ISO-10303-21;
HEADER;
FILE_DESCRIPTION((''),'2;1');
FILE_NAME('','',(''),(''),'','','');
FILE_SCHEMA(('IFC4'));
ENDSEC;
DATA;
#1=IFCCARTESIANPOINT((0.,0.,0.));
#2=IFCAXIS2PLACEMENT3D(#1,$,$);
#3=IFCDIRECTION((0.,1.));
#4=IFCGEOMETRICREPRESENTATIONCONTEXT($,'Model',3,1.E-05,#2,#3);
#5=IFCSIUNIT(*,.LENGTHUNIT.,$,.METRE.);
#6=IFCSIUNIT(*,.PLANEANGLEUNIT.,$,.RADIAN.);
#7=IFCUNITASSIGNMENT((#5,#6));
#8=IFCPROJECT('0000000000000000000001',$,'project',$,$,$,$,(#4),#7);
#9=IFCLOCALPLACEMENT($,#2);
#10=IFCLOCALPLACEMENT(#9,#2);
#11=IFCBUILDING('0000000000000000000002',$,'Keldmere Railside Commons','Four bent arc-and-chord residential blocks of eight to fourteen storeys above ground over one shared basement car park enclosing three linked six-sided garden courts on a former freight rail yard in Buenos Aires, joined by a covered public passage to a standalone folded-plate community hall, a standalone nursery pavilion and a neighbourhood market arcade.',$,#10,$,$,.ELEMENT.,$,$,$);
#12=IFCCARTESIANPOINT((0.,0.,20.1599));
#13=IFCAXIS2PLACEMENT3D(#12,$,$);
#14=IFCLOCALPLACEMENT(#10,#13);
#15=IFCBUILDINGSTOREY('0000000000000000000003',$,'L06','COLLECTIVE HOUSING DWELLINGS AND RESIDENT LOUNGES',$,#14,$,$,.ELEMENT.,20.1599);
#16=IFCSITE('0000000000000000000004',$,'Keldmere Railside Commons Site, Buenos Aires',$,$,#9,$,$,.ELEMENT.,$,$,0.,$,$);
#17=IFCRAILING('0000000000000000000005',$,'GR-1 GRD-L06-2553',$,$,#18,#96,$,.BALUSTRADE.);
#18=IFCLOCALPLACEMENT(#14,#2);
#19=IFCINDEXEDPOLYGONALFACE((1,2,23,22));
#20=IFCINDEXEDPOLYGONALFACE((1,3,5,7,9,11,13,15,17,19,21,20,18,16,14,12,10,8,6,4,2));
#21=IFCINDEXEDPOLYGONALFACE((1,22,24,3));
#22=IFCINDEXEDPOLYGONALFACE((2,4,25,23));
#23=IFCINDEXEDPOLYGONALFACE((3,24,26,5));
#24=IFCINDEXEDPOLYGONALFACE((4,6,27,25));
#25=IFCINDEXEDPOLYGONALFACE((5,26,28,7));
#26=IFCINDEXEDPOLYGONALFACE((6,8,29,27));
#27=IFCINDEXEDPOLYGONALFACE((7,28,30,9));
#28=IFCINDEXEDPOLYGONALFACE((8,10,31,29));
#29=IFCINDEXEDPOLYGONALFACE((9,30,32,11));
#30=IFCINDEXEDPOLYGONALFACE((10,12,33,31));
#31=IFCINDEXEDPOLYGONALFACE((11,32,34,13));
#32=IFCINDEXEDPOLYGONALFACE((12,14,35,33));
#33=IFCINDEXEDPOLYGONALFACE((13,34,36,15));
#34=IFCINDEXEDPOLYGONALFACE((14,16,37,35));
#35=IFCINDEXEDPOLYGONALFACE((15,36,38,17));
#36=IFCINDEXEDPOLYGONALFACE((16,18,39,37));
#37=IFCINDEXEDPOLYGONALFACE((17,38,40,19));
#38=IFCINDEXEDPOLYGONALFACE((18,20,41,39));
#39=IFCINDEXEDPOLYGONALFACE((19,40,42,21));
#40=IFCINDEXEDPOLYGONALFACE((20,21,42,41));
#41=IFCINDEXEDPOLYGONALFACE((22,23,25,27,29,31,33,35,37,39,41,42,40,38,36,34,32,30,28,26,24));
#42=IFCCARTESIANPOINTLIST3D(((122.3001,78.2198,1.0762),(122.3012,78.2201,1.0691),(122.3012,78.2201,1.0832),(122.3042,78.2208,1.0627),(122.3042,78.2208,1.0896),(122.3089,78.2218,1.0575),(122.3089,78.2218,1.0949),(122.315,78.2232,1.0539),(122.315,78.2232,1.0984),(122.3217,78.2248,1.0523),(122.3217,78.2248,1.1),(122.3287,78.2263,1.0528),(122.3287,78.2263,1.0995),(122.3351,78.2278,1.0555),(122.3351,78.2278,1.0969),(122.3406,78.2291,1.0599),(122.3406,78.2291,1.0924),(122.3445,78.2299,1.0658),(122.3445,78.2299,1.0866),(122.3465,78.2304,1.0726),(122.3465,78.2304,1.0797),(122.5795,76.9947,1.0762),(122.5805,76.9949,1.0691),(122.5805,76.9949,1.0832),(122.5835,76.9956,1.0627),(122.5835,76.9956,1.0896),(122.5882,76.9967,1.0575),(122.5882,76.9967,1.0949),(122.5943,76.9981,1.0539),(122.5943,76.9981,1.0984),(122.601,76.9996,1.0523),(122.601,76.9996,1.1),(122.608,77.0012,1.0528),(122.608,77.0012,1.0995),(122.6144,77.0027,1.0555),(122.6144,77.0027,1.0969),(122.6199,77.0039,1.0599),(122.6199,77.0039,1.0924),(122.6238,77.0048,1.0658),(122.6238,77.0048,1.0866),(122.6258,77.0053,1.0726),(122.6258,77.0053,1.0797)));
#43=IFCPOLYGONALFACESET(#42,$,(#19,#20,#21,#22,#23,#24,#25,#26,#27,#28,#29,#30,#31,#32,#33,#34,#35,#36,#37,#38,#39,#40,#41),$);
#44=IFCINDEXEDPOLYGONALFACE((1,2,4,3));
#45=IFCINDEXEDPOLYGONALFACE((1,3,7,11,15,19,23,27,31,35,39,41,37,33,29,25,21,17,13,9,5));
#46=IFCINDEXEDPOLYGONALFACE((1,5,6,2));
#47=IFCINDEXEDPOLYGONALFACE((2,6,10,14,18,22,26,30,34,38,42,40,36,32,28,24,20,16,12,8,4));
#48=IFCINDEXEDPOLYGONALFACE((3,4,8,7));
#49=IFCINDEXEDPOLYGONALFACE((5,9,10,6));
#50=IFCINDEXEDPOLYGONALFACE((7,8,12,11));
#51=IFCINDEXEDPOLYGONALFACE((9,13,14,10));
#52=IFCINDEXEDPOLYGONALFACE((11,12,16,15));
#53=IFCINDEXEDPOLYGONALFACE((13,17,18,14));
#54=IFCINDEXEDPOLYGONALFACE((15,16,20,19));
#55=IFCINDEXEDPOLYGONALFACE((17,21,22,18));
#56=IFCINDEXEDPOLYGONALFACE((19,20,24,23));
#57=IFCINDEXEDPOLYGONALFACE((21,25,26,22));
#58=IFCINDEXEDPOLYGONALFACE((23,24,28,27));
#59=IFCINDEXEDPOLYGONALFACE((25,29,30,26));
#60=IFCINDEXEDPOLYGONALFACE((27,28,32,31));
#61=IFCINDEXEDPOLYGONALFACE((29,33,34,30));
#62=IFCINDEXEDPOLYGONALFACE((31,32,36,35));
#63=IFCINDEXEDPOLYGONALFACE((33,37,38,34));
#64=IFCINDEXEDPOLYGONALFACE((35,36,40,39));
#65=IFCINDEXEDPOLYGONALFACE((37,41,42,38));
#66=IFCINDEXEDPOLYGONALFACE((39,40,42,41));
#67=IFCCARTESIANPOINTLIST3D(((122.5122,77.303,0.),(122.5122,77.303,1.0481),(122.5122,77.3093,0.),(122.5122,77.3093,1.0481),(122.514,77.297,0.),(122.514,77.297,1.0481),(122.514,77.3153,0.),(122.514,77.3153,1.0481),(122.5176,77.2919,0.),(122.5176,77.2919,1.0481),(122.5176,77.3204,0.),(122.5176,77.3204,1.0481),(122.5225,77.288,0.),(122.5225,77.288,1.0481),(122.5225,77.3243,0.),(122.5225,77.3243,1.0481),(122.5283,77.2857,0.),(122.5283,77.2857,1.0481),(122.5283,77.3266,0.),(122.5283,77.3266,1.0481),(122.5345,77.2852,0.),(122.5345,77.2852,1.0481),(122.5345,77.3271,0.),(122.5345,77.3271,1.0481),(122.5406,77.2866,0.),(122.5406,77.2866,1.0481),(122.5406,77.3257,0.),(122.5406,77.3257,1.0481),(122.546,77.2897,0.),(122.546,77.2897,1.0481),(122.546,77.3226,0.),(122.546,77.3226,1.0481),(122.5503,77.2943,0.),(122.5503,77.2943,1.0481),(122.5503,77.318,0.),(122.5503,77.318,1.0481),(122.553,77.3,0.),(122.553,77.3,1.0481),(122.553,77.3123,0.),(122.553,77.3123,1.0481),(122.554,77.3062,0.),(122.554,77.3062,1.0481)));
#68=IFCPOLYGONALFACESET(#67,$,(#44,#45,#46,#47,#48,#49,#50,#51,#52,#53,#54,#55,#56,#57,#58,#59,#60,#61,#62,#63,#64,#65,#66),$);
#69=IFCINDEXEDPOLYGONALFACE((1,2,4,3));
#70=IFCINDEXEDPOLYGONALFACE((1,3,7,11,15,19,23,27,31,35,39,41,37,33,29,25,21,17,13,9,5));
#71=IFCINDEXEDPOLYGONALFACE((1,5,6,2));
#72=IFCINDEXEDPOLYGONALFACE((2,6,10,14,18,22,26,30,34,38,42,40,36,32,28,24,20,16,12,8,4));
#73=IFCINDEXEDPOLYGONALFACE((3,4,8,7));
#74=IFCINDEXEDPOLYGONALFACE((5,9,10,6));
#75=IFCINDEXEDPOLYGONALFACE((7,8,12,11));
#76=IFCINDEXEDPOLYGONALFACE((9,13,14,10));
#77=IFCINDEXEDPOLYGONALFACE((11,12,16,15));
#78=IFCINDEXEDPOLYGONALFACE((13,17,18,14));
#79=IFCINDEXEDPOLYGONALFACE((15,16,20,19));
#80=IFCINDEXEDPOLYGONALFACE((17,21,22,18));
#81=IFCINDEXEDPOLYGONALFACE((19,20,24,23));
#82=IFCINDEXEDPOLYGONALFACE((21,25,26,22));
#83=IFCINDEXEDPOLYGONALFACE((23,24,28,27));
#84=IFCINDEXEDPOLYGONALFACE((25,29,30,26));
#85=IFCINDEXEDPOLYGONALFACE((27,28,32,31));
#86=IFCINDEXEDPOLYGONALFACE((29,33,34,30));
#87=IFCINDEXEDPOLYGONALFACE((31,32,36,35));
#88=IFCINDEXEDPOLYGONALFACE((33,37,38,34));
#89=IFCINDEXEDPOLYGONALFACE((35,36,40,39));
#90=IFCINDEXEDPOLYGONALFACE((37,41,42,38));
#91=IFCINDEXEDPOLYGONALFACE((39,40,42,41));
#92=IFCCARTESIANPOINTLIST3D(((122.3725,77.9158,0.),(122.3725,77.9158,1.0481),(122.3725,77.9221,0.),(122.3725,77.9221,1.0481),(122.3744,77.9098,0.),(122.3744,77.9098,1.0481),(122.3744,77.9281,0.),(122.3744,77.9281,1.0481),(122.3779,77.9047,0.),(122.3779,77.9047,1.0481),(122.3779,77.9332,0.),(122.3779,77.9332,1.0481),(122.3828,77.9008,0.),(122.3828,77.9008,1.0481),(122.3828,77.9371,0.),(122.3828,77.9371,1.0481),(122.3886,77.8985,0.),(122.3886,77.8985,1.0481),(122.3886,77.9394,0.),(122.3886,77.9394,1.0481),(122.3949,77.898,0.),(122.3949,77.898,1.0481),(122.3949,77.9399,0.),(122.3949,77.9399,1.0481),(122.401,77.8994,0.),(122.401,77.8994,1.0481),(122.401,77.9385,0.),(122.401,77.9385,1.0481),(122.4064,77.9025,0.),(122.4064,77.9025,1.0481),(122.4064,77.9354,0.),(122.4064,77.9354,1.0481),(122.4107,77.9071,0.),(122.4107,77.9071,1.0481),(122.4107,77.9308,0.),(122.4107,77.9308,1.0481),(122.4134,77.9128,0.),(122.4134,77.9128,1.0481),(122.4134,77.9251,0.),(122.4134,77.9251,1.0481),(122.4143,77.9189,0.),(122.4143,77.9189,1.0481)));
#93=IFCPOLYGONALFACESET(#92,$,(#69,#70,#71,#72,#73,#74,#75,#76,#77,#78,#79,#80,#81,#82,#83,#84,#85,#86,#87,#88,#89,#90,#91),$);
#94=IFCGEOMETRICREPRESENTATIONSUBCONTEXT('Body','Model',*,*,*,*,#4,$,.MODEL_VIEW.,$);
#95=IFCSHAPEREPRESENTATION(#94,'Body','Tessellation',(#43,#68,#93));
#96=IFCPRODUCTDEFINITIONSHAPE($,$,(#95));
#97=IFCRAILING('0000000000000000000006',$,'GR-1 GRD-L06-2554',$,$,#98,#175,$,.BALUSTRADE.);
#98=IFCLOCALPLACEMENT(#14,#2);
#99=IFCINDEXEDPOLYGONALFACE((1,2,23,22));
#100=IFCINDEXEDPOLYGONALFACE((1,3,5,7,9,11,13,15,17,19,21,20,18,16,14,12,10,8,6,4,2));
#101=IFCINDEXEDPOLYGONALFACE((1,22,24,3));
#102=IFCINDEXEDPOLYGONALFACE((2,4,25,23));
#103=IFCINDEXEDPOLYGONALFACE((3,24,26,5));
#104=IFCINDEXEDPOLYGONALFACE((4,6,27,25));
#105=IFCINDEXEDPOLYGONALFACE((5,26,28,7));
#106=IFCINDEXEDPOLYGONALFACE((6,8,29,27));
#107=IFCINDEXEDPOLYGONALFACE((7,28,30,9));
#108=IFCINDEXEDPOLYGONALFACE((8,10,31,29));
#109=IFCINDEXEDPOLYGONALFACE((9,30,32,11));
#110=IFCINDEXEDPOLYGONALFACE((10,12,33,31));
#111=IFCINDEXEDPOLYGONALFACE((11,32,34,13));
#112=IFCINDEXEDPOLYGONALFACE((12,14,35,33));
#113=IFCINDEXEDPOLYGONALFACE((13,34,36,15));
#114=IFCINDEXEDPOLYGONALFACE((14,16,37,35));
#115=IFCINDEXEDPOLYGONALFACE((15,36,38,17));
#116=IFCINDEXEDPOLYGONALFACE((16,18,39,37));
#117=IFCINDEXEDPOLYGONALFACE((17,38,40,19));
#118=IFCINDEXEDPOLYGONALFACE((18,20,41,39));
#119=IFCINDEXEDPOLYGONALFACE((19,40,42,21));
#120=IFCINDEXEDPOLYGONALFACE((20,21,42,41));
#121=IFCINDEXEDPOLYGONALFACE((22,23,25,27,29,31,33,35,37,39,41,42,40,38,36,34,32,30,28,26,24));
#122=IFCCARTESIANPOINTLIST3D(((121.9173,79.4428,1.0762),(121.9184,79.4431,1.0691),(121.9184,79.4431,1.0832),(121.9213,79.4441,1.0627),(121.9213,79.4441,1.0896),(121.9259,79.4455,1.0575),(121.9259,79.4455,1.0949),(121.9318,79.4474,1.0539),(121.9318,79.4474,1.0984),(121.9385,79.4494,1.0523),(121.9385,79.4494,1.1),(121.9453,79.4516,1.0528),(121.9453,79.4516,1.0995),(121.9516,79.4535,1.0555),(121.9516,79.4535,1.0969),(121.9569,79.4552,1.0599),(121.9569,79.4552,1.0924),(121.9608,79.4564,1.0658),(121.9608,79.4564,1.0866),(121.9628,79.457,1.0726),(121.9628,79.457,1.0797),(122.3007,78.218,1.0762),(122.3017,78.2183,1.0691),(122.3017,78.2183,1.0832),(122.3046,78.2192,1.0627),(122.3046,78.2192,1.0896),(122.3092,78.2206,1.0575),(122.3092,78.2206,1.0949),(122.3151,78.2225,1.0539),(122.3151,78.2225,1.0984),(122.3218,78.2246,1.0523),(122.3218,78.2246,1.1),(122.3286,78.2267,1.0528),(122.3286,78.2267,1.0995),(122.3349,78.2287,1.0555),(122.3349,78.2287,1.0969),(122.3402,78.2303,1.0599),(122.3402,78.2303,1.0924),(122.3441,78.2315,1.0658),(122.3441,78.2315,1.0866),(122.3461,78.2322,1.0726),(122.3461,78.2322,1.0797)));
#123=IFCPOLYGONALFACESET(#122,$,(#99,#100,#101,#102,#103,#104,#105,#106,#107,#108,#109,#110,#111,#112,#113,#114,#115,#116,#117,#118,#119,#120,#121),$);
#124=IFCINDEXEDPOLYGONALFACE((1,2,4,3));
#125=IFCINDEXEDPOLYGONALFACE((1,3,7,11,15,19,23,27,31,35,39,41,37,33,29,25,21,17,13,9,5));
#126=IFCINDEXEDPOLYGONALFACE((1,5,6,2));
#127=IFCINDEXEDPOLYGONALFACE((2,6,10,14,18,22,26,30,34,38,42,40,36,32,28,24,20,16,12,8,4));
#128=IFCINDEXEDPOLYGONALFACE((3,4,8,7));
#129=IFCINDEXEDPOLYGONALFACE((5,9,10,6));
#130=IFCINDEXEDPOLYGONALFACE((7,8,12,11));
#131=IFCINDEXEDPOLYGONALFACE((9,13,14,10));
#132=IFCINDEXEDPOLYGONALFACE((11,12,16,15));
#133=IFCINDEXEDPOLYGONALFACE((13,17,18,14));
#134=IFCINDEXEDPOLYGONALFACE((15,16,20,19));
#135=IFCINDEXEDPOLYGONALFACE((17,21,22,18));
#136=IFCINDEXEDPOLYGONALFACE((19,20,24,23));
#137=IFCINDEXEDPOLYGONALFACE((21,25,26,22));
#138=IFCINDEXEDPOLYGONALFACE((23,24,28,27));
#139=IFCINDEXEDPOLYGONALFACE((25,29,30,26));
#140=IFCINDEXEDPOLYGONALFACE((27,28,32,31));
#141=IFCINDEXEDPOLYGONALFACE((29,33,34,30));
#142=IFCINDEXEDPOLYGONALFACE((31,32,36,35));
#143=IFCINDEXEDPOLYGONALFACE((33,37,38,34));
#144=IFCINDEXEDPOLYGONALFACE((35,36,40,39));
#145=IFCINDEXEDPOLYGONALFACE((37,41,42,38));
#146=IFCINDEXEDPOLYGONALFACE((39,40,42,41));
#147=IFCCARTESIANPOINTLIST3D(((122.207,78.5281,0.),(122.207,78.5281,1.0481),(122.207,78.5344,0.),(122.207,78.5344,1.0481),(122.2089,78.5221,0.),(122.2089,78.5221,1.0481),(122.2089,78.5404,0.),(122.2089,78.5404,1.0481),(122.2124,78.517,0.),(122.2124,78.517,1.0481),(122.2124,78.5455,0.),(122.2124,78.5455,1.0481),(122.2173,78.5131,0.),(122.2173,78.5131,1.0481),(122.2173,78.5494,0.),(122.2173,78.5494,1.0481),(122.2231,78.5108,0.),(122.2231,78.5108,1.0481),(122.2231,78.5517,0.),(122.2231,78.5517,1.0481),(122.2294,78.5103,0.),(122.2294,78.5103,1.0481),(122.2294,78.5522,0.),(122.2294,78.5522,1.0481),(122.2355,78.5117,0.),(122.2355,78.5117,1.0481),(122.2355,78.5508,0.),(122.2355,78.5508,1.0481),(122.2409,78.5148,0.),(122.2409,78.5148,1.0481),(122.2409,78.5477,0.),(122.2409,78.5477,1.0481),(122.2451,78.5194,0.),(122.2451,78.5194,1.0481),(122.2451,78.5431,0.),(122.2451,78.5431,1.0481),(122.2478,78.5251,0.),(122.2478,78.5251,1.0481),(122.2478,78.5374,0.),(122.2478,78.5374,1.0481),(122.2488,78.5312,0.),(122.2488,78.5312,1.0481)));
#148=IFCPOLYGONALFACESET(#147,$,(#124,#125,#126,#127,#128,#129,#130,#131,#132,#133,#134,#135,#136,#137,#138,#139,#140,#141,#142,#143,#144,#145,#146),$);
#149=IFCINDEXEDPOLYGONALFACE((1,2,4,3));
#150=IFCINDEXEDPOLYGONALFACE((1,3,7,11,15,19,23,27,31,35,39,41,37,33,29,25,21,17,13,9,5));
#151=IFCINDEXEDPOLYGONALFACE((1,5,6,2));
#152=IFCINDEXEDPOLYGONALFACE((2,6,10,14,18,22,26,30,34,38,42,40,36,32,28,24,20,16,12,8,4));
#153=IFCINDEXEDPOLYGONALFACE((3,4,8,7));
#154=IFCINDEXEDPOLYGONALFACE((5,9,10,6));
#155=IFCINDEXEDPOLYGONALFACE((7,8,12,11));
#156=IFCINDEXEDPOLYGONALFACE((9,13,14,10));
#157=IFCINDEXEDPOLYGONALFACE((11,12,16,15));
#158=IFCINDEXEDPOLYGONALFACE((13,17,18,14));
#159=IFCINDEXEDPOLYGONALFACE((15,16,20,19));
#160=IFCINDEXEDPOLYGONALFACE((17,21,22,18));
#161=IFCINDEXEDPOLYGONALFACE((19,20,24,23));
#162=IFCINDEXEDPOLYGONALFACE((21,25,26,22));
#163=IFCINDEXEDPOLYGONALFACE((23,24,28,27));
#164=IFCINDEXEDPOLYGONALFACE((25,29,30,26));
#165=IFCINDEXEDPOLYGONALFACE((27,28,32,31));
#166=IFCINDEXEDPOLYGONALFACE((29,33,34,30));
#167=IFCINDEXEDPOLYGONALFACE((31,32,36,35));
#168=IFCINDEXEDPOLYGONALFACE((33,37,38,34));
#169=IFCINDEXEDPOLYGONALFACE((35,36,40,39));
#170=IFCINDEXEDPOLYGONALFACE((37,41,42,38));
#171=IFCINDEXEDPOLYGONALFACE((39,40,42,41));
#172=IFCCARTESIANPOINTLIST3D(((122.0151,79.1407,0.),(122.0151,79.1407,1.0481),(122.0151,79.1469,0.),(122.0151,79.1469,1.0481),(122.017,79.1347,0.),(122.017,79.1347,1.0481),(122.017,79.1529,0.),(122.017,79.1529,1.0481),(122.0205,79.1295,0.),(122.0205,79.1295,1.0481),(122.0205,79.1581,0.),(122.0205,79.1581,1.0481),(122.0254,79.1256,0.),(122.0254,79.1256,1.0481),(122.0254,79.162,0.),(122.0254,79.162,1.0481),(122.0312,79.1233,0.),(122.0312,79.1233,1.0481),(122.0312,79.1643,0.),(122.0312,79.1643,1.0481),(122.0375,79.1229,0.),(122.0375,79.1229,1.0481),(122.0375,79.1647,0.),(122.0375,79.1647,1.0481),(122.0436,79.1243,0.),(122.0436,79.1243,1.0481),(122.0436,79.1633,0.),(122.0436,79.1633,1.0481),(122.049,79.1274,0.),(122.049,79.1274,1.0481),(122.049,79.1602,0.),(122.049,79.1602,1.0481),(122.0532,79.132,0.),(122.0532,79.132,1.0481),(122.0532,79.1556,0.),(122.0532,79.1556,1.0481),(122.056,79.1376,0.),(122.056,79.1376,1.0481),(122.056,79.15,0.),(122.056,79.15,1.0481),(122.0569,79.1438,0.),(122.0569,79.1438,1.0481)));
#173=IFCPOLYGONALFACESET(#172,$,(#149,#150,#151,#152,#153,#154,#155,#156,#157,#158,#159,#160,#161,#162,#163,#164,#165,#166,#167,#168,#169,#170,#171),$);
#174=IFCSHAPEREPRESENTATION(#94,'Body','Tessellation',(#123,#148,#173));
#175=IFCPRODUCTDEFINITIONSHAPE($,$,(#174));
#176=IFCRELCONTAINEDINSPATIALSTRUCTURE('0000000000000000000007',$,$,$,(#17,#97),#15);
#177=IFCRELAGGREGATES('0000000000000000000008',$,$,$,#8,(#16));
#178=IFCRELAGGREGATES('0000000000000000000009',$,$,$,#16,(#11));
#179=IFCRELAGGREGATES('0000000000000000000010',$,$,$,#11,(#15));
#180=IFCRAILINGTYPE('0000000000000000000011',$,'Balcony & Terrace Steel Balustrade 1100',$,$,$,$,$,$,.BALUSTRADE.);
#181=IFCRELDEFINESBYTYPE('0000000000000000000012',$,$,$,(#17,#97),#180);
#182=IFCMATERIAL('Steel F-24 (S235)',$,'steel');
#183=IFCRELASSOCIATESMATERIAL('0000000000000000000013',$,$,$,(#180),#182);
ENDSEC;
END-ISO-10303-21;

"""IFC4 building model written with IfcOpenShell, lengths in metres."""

from ifc_helpers import new_model, si_unit, direction, frame, origin, origin_2d, place, context, subcontext, project, spatial, circle, extrude, material, type_object, element, save


model = new_model("IFC4")

# Units and contexts
model_context = context("Model", 3, precision=1e-05, world=origin(), true_north=direction((0.0, 1.0)))
body_context = subcontext(model_context, "Body", "Model", "MODEL_VIEW")
ifc_project = project(units=[si_unit("LENGTHUNIT", "METRE"), si_unit("PLANEANGLEUNIT", "RADIAN")], contexts=[model_context])

# Site, building, storey
site_placement = place(None, origin())
site = spatial("IfcSite", under=ifc_project, at=site_placement, Name="Keldmere Railside Commons Site, Buenos Aires", CompositionType="ELEMENT", RefElevation=0.0)
building_placement = place(site_placement, origin())
building = spatial("IfcBuilding", under=site, at=building_placement, Name="Keldmere Railside Commons", Description="Four bent arc-and-chord residential blocks of eight to fourteen storeys above ground over one shared basement car park enclosing three linked six-sided garden courts on a former freight rail yard in Buenos Aires, joined by a covered public passage to a standalone folded-plate community hall, a standalone nursery pavilion and a neighbourhood market arcade.", CompositionType="ELEMENT")
storey_placement = place(building_placement, frame((0.0, 0.0, 20.1599)))
storey = spatial("IfcBuildingStorey", under=building, at=storey_placement, Name="L06", Description="COLLECTIVE HOUSING DWELLINGS AND RESIDENT LOUNGES", CompositionType="ELEMENT", Elevation=20.1599)

# Railings
ifc_material_1 = material(Name="Steel F-24 (S235)", Category="steel")
railing_type = type_object("IfcRailingType", Name="Balcony & Terrace Steel Balustrade 1100", PredefinedType="BALUSTRADE", material=ifc_material_1)
railing_1_placement = place(storey_placement, frame((122.6028, 77.0, 0.0)))
element("IfcRailing", 1, at=railing_1_placement, inside=storey, type_object=railing_type, Name="GR-1 GRD-L06-2553", PredefinedType="BALUSTRADE", context=body_context, shape_type="SweptSolid", body=[
    extrude(circle(Radius=0.0239, at=origin_2d()), frame((0.0, 0.0, 1.0762), z_axis=(-0.222276, 0.974984, 0.0), x_axis=(-0.974984, -0.222276, 0.0)), (0.0, 0.0, 1.0), 1.2566),
    extrude(circle(Radius=0.021, at=origin_2d()), frame((-0.0698, 0.3062, 0.0)), (0.0, 0.0, 1.0), 1.0481),
    extrude(circle(Radius=0.021, at=origin_2d()), frame((-0.2095, 0.9189, 0.0)), (0.0, 0.0, 1.0), 1.0481),
])
railing_2_placement = place(storey_placement, frame((122.3235, 78.2251, 0.0)))
element("IfcRailing", 2, at=railing_2_placement, inside=storey, type_object=railing_type, Name="GR-1 GRD-L06-2554", PredefinedType="BALUSTRADE", context=body_context, shape_type="SweptSolid", body=[
    extrude(circle(Radius=0.0239, at=origin_2d()), frame((0.0, 0.0, 1.0762), z_axis=(-0.298654, 0.954361, 0.0), x_axis=(-0.954361, -0.298654, 0.0)), (0.0, 0.0, 1.0), 1.2834),
    extrude(circle(Radius=0.021, at=origin_2d()), frame((-0.0957, 0.3062, 0.0)), (0.0, 0.0, 1.0), 1.0481),
    extrude(circle(Radius=0.021, at=origin_2d()), frame((-0.2876, 0.9187, 0.0)), (0.0, 0.0, 1.0), 1.0481),
])

save(model, "model.ifc")
